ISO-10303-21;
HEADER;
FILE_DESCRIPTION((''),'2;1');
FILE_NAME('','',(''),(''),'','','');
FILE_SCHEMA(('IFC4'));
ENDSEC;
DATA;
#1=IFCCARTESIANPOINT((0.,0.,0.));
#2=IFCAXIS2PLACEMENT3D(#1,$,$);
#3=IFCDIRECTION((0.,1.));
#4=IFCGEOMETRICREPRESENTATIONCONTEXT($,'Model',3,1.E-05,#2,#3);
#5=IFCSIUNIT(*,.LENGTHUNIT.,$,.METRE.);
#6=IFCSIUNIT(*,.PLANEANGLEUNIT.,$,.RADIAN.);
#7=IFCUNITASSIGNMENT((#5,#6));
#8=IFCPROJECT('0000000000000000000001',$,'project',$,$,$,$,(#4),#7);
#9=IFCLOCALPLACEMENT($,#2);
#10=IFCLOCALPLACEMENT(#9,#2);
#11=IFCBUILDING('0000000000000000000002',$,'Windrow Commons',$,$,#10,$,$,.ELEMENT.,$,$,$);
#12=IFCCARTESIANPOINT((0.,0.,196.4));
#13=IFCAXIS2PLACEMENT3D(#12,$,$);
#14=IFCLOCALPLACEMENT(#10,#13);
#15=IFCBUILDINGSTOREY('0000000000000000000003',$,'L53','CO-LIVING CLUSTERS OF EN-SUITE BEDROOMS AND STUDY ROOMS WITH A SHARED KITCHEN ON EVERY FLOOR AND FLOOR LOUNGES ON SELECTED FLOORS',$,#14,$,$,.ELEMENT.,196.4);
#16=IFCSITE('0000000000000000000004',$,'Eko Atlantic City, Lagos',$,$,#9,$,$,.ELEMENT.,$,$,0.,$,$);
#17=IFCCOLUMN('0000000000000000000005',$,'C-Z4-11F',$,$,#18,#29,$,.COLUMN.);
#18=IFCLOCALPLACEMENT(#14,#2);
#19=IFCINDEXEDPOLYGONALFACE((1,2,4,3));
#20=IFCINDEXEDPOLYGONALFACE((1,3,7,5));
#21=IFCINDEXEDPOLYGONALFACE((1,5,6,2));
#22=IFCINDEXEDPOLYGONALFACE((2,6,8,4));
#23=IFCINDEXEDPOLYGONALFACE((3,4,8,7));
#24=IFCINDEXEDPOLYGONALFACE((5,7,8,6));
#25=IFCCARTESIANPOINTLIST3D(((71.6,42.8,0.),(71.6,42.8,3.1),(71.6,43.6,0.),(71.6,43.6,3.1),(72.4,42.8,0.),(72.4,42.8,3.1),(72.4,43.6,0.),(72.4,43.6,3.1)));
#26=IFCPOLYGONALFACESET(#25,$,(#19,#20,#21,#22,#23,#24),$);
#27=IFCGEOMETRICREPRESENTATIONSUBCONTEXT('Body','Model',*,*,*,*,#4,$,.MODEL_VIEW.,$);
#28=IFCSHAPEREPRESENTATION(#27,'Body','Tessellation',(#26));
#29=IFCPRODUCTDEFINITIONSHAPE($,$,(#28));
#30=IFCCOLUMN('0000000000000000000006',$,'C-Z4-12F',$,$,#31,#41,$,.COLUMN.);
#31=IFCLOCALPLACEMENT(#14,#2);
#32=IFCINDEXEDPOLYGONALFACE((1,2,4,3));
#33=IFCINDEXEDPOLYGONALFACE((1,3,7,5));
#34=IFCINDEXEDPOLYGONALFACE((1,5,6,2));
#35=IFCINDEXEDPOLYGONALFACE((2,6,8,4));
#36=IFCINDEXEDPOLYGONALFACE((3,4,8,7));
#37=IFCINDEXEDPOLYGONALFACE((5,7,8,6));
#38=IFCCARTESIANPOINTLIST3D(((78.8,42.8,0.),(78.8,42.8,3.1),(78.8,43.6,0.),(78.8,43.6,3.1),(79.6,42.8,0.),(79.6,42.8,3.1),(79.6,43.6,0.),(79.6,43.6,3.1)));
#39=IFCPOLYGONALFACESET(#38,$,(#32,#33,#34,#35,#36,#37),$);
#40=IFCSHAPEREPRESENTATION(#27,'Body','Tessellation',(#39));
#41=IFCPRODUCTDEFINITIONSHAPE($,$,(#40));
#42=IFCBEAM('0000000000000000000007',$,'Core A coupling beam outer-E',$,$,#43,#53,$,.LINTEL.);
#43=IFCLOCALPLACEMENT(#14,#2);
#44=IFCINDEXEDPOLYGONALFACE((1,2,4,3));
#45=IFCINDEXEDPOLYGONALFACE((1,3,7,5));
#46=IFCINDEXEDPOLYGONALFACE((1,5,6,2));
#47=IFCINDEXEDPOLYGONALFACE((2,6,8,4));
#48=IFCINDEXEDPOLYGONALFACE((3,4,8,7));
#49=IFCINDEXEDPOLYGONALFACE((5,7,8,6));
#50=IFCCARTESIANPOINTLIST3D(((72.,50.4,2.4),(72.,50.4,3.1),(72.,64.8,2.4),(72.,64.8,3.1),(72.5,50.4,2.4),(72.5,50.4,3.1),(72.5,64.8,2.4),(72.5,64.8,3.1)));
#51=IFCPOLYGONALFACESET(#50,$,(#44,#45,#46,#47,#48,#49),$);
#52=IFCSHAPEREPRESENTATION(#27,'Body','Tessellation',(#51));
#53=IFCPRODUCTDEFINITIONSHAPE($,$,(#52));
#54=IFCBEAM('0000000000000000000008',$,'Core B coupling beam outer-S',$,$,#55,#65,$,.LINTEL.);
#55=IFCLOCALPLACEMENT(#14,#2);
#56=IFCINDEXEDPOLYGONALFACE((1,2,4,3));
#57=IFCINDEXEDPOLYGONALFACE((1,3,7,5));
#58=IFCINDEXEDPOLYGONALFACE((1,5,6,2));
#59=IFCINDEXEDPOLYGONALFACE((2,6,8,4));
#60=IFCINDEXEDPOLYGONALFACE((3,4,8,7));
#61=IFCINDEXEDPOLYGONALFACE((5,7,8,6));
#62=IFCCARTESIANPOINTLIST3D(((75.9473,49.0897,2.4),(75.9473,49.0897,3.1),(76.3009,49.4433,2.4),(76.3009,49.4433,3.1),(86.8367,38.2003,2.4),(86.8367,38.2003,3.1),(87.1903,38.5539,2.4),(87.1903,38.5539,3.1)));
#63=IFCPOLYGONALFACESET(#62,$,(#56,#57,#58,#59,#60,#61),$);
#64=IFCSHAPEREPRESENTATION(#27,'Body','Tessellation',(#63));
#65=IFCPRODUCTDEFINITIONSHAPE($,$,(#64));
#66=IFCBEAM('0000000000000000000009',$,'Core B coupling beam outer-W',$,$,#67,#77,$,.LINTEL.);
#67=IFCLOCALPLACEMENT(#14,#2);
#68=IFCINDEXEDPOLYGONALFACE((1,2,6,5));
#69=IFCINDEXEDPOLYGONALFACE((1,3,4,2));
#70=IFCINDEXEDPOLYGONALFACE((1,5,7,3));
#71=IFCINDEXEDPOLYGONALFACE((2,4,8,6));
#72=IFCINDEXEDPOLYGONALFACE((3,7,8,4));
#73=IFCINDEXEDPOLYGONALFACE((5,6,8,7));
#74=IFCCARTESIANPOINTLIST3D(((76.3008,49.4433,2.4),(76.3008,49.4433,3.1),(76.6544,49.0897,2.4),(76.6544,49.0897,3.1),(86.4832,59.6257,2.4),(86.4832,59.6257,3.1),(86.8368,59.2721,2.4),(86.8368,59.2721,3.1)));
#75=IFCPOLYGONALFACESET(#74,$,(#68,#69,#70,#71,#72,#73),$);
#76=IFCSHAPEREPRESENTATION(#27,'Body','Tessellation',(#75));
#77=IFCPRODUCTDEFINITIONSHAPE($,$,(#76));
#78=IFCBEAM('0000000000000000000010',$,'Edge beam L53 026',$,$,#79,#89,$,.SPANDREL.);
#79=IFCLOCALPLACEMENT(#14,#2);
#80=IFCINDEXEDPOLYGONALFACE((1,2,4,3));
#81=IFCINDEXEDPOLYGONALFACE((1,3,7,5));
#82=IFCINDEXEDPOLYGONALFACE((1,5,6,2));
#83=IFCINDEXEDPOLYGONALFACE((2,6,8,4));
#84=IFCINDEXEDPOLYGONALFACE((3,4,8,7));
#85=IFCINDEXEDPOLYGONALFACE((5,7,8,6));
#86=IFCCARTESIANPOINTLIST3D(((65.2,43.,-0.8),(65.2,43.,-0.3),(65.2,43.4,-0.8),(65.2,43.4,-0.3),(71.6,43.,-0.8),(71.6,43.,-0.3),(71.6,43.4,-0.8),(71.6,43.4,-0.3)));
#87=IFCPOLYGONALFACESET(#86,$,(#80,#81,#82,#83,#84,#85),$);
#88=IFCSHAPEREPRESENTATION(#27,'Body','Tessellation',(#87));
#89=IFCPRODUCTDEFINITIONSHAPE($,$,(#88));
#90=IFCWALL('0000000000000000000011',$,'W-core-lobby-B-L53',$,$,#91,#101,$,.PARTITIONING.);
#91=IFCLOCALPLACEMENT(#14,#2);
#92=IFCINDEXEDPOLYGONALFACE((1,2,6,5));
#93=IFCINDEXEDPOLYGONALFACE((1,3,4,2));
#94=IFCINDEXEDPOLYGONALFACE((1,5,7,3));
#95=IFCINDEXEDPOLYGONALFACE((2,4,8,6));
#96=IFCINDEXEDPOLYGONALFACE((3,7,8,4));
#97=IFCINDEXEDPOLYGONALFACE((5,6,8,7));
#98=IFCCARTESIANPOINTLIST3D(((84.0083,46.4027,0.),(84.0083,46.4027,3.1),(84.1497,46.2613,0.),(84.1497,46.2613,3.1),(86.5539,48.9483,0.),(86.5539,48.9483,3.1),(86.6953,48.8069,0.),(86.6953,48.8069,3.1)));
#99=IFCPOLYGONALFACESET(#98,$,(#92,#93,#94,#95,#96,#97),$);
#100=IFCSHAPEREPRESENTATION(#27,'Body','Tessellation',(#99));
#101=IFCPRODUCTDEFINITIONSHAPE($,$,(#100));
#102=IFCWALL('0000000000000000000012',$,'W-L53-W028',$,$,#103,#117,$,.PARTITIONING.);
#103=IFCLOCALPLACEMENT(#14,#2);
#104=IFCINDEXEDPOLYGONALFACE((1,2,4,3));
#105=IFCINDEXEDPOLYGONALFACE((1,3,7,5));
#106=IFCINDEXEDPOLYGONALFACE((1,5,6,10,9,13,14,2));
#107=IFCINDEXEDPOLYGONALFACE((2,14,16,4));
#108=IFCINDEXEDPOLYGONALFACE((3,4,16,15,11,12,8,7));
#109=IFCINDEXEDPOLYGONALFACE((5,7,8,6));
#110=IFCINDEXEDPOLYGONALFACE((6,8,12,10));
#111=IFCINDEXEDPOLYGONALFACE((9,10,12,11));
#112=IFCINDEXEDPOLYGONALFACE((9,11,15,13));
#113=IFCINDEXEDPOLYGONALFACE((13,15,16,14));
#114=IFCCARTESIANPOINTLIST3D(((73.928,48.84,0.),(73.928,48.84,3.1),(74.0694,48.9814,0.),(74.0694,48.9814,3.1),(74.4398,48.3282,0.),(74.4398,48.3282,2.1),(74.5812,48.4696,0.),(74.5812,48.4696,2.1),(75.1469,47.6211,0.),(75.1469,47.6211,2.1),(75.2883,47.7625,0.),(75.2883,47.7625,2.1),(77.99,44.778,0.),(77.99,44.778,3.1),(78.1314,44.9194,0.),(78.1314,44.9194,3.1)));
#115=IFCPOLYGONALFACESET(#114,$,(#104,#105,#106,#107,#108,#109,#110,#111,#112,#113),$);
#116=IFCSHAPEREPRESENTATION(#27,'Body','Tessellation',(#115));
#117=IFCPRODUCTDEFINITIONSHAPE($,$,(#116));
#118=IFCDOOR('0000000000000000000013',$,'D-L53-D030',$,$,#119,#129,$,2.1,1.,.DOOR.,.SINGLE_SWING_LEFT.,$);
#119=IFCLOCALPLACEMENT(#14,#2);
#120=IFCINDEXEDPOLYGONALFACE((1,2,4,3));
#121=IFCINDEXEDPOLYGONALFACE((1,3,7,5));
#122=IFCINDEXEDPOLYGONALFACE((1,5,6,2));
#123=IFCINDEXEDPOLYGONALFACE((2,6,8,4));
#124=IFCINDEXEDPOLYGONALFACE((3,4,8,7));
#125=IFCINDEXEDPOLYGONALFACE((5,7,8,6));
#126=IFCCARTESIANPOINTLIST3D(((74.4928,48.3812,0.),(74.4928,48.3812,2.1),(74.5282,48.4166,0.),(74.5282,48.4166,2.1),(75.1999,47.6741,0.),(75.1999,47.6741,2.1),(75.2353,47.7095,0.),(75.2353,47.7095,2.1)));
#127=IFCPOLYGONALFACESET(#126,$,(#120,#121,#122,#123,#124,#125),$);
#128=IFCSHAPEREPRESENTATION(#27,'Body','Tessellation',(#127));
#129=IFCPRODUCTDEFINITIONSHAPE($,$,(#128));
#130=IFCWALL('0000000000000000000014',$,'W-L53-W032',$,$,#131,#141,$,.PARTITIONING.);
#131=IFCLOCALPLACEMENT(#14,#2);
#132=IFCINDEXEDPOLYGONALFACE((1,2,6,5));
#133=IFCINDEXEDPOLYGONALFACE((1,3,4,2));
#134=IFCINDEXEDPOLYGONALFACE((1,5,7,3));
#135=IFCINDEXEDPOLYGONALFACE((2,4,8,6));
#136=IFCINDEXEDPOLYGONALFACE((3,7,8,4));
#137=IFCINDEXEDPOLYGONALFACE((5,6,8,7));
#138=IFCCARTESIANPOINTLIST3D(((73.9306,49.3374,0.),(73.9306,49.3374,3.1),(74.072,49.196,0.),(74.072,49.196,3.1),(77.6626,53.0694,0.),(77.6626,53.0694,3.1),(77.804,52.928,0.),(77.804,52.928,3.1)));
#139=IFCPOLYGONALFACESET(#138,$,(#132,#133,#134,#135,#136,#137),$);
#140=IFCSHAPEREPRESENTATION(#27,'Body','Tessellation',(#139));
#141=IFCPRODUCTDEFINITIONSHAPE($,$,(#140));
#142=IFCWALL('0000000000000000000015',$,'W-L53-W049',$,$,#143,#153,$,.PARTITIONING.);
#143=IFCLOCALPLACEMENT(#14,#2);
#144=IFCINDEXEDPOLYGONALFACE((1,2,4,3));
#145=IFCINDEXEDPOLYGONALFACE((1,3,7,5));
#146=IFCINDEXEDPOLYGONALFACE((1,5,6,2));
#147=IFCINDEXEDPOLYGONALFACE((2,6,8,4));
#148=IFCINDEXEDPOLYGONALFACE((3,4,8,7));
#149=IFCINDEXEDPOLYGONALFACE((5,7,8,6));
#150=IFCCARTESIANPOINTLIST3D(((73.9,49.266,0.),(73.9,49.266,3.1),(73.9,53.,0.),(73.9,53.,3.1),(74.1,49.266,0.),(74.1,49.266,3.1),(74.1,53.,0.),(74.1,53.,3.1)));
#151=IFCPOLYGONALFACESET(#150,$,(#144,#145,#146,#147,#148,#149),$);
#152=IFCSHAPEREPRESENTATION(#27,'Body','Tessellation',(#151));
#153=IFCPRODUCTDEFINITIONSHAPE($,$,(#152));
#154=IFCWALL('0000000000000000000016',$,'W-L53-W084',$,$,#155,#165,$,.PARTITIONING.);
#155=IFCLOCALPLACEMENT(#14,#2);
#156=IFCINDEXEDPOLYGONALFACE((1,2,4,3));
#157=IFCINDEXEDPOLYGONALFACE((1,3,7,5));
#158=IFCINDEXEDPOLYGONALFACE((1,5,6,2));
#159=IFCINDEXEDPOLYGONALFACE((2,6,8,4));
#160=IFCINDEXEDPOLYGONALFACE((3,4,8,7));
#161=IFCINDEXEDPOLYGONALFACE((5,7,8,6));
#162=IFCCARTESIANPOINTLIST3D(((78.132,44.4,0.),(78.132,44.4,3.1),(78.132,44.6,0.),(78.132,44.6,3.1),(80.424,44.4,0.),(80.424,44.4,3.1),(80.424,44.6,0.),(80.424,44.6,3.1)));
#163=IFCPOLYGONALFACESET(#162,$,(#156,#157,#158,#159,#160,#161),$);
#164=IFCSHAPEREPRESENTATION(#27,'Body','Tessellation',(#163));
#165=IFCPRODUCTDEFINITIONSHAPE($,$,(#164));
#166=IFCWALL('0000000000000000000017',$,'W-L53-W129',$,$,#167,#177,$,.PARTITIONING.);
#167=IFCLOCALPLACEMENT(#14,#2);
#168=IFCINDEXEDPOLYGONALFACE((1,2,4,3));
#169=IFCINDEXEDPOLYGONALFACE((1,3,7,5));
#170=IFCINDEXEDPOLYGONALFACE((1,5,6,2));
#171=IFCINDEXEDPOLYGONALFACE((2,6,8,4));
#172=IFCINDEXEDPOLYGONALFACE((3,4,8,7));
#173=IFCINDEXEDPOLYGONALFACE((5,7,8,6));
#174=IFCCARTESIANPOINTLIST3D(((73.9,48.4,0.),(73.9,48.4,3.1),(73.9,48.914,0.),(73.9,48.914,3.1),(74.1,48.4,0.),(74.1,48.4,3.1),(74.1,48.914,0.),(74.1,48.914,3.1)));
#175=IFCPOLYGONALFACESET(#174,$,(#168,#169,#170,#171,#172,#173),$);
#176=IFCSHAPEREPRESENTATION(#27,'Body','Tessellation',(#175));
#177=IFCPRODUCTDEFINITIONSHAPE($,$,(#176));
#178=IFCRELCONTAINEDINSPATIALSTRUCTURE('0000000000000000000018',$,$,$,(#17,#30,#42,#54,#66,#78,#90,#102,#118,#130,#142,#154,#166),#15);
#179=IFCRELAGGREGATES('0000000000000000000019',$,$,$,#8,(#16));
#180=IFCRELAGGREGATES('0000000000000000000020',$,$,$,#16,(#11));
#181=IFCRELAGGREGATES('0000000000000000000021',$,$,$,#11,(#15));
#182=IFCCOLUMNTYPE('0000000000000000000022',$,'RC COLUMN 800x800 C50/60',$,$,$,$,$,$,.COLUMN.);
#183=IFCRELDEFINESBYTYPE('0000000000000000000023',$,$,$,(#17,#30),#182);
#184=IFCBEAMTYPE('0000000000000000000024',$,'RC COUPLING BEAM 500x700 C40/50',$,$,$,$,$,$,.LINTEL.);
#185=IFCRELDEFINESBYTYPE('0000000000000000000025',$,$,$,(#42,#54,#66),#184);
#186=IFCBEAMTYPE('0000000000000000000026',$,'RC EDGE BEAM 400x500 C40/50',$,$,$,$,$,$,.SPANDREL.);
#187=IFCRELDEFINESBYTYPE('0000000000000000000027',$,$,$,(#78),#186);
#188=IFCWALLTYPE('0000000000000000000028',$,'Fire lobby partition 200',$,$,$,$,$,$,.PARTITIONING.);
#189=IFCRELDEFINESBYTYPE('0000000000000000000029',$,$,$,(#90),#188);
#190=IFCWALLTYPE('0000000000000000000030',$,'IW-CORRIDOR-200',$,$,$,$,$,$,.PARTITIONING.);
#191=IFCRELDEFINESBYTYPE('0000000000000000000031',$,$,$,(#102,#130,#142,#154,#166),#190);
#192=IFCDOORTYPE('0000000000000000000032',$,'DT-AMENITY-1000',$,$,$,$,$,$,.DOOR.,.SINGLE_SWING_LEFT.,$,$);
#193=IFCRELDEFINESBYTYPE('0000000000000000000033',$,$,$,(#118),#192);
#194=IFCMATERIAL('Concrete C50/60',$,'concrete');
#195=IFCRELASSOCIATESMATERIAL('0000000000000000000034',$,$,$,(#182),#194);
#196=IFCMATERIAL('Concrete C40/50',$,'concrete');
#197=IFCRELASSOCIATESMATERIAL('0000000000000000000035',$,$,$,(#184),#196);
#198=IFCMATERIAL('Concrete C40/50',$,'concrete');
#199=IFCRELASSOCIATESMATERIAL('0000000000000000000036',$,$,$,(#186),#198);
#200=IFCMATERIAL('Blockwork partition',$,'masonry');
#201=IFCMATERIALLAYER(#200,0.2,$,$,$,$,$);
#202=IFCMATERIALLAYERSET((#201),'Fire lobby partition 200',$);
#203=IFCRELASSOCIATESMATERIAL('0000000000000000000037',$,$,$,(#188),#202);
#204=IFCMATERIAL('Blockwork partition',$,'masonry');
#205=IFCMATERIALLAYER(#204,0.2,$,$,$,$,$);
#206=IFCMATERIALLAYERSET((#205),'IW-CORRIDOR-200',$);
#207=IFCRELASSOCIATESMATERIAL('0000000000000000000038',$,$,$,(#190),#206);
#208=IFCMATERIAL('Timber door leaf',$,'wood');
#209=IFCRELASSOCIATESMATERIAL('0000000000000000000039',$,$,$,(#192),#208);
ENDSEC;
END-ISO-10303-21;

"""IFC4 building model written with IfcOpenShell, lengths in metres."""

from ifc_helpers import new_model, si_unit, direction, frame, frame_2d, origin, origin_2d, place, context, subcontext, project, spatial, rectangle, extrude, material, layer, layer_set, material_profile, profile_set, type_object, element, fill, save


model = new_model("IFC4")

# Units and contexts
model_context = context("Model", 3, precision=1e-05, world=origin(), true_north=direction((0.0, 1.0)))
body_context = subcontext(model_context, "Body", "Model", "MODEL_VIEW")
ifc_project = project(units=[si_unit("LENGTHUNIT", "METRE"), si_unit("PLANEANGLEUNIT", "RADIAN")], contexts=[model_context])

# Site, building, storey
site_placement = place(None, origin())
site = spatial("IfcSite", under=ifc_project, at=site_placement, Name="Eko Atlantic City, Lagos", CompositionType="ELEMENT", RefElevation=0.0)
building_placement = place(site_placement, origin())
building = spatial("IfcBuilding", under=site, at=building_placement, Name="Windrow Commons", CompositionType="ELEMENT")
storey_placement = place(building_placement, frame((0.0, 0.0, 196.4)))
storey = spatial("IfcBuildingStorey", under=building, at=storey_placement, Name="L53", Description="CO-LIVING CLUSTERS OF EN-SUITE BEDROOMS AND STUDY ROOMS WITH A SHARED KITCHEN ON EVERY FLOOR AND FLOOR LOUNGES ON SELECTED FLOORS", CompositionType="ELEMENT", Elevation=196.4)

# Columns
ifc_material_1 = material(Name="Concrete C50/60", Category="concrete")
ifc_material_profile_1 = material_profile(ifc_material_1, rectangle(XDim=0.8, YDim=0.8, at=origin_2d()))
ifc_profile_set_1 = profile_set([ifc_material_profile_1], Name="Concrete C50/60")
column_type = type_object("IfcColumnType", Name="RC COLUMN 800x800 C50/60", PredefinedType="COLUMN", material=ifc_profile_set_1)
for number, where, z_axis, x_axis, name in (
    (1, (72.0, 43.2, 0.0), (0.0, 0.0, 1.0), (1.0, 0.0, 0.0), "C-Z4-11F"),
    (2, (79.2, 43.2, 0.0), (0.0, 0.0, 1.0), (1.0, 0.0, 0.0), "C-Z4-12F"),
):
    element("IfcColumn", number, at=place(storey_placement, frame(where, z_axis=z_axis, x_axis=x_axis)), inside=storey, type_object=column_type, Name=name, PredefinedType="COLUMN", context=body_context, shape_type="SweptSolid", body=[
        extrude(rectangle(XDim=0.8, YDim=0.8, at=origin_2d()), origin(), (0.0, 0.0, 1.0), 3.1),
    ])

# Beams
ifc_material_2 = material(Name="Concrete C40/50", Category="concrete")
ifc_material_profile_2 = material_profile(ifc_material_2, rectangle(XDim=0.5, YDim=0.7, at=origin_2d()))
ifc_profile_set_2 = profile_set([ifc_material_profile_2], Name="Concrete C40/50")
beam_type_1 = type_object("IfcBeamType", Name="RC COUPLING BEAM 500x700 C40/50", PredefinedType="LINTEL", material=ifc_profile_set_2)
beam_1_placement = place(storey_placement, frame((72.25, 50.4, 2.75), z_axis=(0.0, 1.0, 0.0), x_axis=(-1.0, 0.0, 0.0)))
element("IfcBeam", 3, at=beam_1_placement, inside=storey, type_object=beam_type_1, Name="Core A coupling beam outer-E", PredefinedType="LINTEL", context=body_context, shape_type="SweptSolid", body=[
    extrude(rectangle(XDim=0.5, YDim=0.7, at=origin_2d()), origin(), (0.0, 0.0, 1.0), 14.4),
])
beam_2_placement = place(storey_placement, frame((76.1241, 49.2665, 2.75), z_axis=(0.707107, -0.707107, 0.0), x_axis=(0.707107, 0.707107, 0.0)))
element("IfcBeam", 4, at=beam_2_placement, inside=storey, type_object=beam_type_1, Name="Core B coupling beam outer-S", PredefinedType="LINTEL", context=body_context, shape_type="SweptSolid", body=[
    extrude(rectangle(XDim=0.5, YDim=0.7, at=origin_2d()), origin(), (0.0, 0.0, 1.0), 15.3999),
])
beam_3_placement = place(storey_placement, frame((76.4776, 49.2665, 2.75), z_axis=(0.707107, 0.707107, 0.0), x_axis=(-0.707107, 0.707107, 0.0)))
element("IfcBeam", 5, at=beam_3_placement, inside=storey, type_object=beam_type_1, Name="Core B coupling beam outer-W", PredefinedType="LINTEL", context=body_context, shape_type="SweptSolid", body=[
    extrude(rectangle(XDim=0.5, YDim=0.7, at=origin_2d()), origin(), (0.0, 0.0, 1.0), 14.4001),
])
ifc_material_3 = material(Name="Concrete C40/50", Category="concrete")
ifc_material_profile_3 = material_profile(ifc_material_3, rectangle(XDim=0.4, YDim=0.5, at=origin_2d()))
ifc_profile_set_3 = profile_set([ifc_material_profile_3], Name="Concrete C40/50")
beam_type_2 = type_object("IfcBeamType", Name="RC EDGE BEAM 400x500 C40/50", PredefinedType="SPANDREL", material=ifc_profile_set_3)
beam_4_placement = place(storey_placement, frame((71.6, 43.2, -0.55), z_axis=(-1.0, 0.0, 0.0), x_axis=(0.0, -1.0, 0.0)))
element("IfcBeam", 6, at=beam_4_placement, inside=storey, type_object=beam_type_2, Name="Edge beam L53 026", PredefinedType="SPANDREL", context=body_context, shape_type="SweptSolid", body=[
    extrude(rectangle(XDim=0.4, YDim=0.5, at=origin_2d()), origin(), (0.0, 0.0, 1.0), 6.4),
])

# Wall
ifc_material_4 = material(Name="Blockwork partition", Category="masonry")
ifc_layer_1 = layer(ifc_material_4, 0.2)
ifc_layer_set_1 = layer_set([ifc_layer_1], Name="Fire lobby partition 200")
wall_type_1 = type_object("IfcWallType", Name="Fire lobby partition 200", PredefinedType="PARTITIONING", material=ifc_layer_set_1)
wall_1_placement = place(storey_placement, frame((84.079, 46.332, 0.0), z_axis=(0.0, 0.0, 1.0), x_axis=(0.707107, 0.707107, 0.0)))
element("IfcWall", 7, at=wall_1_placement, inside=storey, type_object=wall_type_1, Name="W-core-lobby-B-L53", PredefinedType="PARTITIONING", context=body_context, shape_type="SweptSolid", body=[
    extrude(rectangle(XDim=3.6, YDim=0.2, at=frame_2d((1.8, 0.0))), origin(), (0.0, 0.0, 1.0), 3.1),
])

# Wall, opening, door
ifc_material_5 = material(Name="Blockwork partition", Category="masonry")
ifc_layer_2 = layer(ifc_material_5, 0.2)
ifc_layer_set_2 = layer_set([ifc_layer_2], Name="IW-CORRIDOR-200")
wall_type_2 = type_object("IfcWallType", Name="IW-CORRIDOR-200", PredefinedType="PARTITIONING", material=ifc_layer_set_2)
wall_2_placement = place(storey_placement, frame((73.9987, 48.9107, 0.0), z_axis=(0.0, 0.0, 1.0), x_axis=(0.707107, -0.707107, 0.0)))
wall_2 = element("IfcWall", 8, at=wall_2_placement, inside=storey, type_object=wall_type_2, Name="W-L53-W028", PredefinedType="PARTITIONING", context=body_context, shape_type="SweptSolid", body=[
    extrude(rectangle(XDim=5.7445, YDim=0.2, at=frame_2d((2.8723, 0.0))), origin(), (0.0, 0.0, 1.0), 3.1),
])
opening_1_placement = place(wall_2_placement, frame((0.7238, 0.0, 0.0)))
opening_1 = element("IfcOpeningElement", 9, at=opening_1_placement, cuts=wall_2, PredefinedType="OPENING", context=body_context, shape_type="SweptSolid", body=[
    extrude(rectangle(XDim=1.0, YDim=2.1, at=frame_2d((0.5, 1.05))), frame((0.0, 0.11, 0.0), z_axis=(0.0, -1.0, 0.0), x_axis=(1.0, 0.0, 0.0)), (0.0, 0.0, 1.0), 0.22),
])
ifc_material_6 = material(Name="Timber door leaf", Category="wood")
door_type_1 = type_object("IfcDoorType", Name="DT-AMENITY-1000", OperationType="SINGLE_SWING_LEFT", PredefinedType="DOOR", material=ifc_material_6)
door_1_placement = place(opening_1_placement, origin())
door_1 = element("IfcDoor", 10, at=door_1_placement, inside=storey, type_object=door_type_1, Name="D-L53-D030", OperationType="SINGLE_SWING_LEFT", OverallHeight=2.1, OverallWidth=1.0, PredefinedType="DOOR", context=body_context, shape_type="SweptSolid", body=[
    extrude(rectangle(XDim=1.0, YDim=2.1, at=frame_2d((0.5, 1.05))), frame((0.0, 0.025, 0.0), z_axis=(0.0, -1.0, 0.0), x_axis=(1.0, 0.0, 0.0)), (0.0, 0.0, 1.0), 0.05),
])
fill(opening_1, door_1)

# Walls
wall_3_placement = place(storey_placement, frame((74.0013, 49.2667, 0.0), z_axis=(0.0, 0.0, 1.0), x_axis=(0.707107, 0.707107, 0.0)))
element("IfcWall", 11, at=wall_3_placement, inside=storey, type_object=wall_type_2, Name="W-L53-W032", PredefinedType="PARTITIONING", context=body_context, shape_type="SweptSolid", body=[
    extrude(rectangle(XDim=5.2778, YDim=0.2, at=frame_2d((2.6389, 0.0))), origin(), (0.0, 0.0, 1.0), 3.1),
])
wall_4_placement = place(storey_placement, frame((74.0, 49.266, 0.0), z_axis=(0.0, 0.0, 1.0), x_axis=(0.0, 1.0, 0.0)))
element("IfcWall", 12, at=wall_4_placement, inside=storey, type_object=wall_type_2, Name="W-L53-W049", PredefinedType="PARTITIONING", context=body_context, shape_type="SweptSolid", body=[
    extrude(rectangle(XDim=3.734, YDim=0.2, at=frame_2d((1.867, 0.0))), origin(), (0.0, 0.0, 1.0), 3.1),
])
wall_5_placement = place(storey_placement, frame((78.132, 44.5, 0.0), z_axis=(0.0, 0.0, 1.0), x_axis=(1.0, 0.0, 0.0)))
element("IfcWall", 13, at=wall_5_placement, inside=storey, type_object=wall_type_2, Name="W-L53-W084", PredefinedType="PARTITIONING", context=body_context, shape_type="SweptSolid", body=[
    extrude(rectangle(XDim=2.292, YDim=0.2, at=frame_2d((1.146, 0.0))), origin(), (0.0, 0.0, 1.0), 3.1),
])
wall_6_placement = place(storey_placement, frame((74.0, 48.4, 0.0), z_axis=(0.0, 0.0, 1.0), x_axis=(0.0, 1.0, 0.0)))
element("IfcWall", 14, at=wall_6_placement, inside=storey, type_object=wall_type_2, Name="W-L53-W129", PredefinedType="PARTITIONING", context=body_context, shape_type="SweptSolid", body=[
    extrude(rectangle(XDim=0.514, YDim=0.2, at=frame_2d((0.257, 0.0))), origin(), (0.0, 0.0, 1.0), 3.1),
])

save(model, "model.ifc")
